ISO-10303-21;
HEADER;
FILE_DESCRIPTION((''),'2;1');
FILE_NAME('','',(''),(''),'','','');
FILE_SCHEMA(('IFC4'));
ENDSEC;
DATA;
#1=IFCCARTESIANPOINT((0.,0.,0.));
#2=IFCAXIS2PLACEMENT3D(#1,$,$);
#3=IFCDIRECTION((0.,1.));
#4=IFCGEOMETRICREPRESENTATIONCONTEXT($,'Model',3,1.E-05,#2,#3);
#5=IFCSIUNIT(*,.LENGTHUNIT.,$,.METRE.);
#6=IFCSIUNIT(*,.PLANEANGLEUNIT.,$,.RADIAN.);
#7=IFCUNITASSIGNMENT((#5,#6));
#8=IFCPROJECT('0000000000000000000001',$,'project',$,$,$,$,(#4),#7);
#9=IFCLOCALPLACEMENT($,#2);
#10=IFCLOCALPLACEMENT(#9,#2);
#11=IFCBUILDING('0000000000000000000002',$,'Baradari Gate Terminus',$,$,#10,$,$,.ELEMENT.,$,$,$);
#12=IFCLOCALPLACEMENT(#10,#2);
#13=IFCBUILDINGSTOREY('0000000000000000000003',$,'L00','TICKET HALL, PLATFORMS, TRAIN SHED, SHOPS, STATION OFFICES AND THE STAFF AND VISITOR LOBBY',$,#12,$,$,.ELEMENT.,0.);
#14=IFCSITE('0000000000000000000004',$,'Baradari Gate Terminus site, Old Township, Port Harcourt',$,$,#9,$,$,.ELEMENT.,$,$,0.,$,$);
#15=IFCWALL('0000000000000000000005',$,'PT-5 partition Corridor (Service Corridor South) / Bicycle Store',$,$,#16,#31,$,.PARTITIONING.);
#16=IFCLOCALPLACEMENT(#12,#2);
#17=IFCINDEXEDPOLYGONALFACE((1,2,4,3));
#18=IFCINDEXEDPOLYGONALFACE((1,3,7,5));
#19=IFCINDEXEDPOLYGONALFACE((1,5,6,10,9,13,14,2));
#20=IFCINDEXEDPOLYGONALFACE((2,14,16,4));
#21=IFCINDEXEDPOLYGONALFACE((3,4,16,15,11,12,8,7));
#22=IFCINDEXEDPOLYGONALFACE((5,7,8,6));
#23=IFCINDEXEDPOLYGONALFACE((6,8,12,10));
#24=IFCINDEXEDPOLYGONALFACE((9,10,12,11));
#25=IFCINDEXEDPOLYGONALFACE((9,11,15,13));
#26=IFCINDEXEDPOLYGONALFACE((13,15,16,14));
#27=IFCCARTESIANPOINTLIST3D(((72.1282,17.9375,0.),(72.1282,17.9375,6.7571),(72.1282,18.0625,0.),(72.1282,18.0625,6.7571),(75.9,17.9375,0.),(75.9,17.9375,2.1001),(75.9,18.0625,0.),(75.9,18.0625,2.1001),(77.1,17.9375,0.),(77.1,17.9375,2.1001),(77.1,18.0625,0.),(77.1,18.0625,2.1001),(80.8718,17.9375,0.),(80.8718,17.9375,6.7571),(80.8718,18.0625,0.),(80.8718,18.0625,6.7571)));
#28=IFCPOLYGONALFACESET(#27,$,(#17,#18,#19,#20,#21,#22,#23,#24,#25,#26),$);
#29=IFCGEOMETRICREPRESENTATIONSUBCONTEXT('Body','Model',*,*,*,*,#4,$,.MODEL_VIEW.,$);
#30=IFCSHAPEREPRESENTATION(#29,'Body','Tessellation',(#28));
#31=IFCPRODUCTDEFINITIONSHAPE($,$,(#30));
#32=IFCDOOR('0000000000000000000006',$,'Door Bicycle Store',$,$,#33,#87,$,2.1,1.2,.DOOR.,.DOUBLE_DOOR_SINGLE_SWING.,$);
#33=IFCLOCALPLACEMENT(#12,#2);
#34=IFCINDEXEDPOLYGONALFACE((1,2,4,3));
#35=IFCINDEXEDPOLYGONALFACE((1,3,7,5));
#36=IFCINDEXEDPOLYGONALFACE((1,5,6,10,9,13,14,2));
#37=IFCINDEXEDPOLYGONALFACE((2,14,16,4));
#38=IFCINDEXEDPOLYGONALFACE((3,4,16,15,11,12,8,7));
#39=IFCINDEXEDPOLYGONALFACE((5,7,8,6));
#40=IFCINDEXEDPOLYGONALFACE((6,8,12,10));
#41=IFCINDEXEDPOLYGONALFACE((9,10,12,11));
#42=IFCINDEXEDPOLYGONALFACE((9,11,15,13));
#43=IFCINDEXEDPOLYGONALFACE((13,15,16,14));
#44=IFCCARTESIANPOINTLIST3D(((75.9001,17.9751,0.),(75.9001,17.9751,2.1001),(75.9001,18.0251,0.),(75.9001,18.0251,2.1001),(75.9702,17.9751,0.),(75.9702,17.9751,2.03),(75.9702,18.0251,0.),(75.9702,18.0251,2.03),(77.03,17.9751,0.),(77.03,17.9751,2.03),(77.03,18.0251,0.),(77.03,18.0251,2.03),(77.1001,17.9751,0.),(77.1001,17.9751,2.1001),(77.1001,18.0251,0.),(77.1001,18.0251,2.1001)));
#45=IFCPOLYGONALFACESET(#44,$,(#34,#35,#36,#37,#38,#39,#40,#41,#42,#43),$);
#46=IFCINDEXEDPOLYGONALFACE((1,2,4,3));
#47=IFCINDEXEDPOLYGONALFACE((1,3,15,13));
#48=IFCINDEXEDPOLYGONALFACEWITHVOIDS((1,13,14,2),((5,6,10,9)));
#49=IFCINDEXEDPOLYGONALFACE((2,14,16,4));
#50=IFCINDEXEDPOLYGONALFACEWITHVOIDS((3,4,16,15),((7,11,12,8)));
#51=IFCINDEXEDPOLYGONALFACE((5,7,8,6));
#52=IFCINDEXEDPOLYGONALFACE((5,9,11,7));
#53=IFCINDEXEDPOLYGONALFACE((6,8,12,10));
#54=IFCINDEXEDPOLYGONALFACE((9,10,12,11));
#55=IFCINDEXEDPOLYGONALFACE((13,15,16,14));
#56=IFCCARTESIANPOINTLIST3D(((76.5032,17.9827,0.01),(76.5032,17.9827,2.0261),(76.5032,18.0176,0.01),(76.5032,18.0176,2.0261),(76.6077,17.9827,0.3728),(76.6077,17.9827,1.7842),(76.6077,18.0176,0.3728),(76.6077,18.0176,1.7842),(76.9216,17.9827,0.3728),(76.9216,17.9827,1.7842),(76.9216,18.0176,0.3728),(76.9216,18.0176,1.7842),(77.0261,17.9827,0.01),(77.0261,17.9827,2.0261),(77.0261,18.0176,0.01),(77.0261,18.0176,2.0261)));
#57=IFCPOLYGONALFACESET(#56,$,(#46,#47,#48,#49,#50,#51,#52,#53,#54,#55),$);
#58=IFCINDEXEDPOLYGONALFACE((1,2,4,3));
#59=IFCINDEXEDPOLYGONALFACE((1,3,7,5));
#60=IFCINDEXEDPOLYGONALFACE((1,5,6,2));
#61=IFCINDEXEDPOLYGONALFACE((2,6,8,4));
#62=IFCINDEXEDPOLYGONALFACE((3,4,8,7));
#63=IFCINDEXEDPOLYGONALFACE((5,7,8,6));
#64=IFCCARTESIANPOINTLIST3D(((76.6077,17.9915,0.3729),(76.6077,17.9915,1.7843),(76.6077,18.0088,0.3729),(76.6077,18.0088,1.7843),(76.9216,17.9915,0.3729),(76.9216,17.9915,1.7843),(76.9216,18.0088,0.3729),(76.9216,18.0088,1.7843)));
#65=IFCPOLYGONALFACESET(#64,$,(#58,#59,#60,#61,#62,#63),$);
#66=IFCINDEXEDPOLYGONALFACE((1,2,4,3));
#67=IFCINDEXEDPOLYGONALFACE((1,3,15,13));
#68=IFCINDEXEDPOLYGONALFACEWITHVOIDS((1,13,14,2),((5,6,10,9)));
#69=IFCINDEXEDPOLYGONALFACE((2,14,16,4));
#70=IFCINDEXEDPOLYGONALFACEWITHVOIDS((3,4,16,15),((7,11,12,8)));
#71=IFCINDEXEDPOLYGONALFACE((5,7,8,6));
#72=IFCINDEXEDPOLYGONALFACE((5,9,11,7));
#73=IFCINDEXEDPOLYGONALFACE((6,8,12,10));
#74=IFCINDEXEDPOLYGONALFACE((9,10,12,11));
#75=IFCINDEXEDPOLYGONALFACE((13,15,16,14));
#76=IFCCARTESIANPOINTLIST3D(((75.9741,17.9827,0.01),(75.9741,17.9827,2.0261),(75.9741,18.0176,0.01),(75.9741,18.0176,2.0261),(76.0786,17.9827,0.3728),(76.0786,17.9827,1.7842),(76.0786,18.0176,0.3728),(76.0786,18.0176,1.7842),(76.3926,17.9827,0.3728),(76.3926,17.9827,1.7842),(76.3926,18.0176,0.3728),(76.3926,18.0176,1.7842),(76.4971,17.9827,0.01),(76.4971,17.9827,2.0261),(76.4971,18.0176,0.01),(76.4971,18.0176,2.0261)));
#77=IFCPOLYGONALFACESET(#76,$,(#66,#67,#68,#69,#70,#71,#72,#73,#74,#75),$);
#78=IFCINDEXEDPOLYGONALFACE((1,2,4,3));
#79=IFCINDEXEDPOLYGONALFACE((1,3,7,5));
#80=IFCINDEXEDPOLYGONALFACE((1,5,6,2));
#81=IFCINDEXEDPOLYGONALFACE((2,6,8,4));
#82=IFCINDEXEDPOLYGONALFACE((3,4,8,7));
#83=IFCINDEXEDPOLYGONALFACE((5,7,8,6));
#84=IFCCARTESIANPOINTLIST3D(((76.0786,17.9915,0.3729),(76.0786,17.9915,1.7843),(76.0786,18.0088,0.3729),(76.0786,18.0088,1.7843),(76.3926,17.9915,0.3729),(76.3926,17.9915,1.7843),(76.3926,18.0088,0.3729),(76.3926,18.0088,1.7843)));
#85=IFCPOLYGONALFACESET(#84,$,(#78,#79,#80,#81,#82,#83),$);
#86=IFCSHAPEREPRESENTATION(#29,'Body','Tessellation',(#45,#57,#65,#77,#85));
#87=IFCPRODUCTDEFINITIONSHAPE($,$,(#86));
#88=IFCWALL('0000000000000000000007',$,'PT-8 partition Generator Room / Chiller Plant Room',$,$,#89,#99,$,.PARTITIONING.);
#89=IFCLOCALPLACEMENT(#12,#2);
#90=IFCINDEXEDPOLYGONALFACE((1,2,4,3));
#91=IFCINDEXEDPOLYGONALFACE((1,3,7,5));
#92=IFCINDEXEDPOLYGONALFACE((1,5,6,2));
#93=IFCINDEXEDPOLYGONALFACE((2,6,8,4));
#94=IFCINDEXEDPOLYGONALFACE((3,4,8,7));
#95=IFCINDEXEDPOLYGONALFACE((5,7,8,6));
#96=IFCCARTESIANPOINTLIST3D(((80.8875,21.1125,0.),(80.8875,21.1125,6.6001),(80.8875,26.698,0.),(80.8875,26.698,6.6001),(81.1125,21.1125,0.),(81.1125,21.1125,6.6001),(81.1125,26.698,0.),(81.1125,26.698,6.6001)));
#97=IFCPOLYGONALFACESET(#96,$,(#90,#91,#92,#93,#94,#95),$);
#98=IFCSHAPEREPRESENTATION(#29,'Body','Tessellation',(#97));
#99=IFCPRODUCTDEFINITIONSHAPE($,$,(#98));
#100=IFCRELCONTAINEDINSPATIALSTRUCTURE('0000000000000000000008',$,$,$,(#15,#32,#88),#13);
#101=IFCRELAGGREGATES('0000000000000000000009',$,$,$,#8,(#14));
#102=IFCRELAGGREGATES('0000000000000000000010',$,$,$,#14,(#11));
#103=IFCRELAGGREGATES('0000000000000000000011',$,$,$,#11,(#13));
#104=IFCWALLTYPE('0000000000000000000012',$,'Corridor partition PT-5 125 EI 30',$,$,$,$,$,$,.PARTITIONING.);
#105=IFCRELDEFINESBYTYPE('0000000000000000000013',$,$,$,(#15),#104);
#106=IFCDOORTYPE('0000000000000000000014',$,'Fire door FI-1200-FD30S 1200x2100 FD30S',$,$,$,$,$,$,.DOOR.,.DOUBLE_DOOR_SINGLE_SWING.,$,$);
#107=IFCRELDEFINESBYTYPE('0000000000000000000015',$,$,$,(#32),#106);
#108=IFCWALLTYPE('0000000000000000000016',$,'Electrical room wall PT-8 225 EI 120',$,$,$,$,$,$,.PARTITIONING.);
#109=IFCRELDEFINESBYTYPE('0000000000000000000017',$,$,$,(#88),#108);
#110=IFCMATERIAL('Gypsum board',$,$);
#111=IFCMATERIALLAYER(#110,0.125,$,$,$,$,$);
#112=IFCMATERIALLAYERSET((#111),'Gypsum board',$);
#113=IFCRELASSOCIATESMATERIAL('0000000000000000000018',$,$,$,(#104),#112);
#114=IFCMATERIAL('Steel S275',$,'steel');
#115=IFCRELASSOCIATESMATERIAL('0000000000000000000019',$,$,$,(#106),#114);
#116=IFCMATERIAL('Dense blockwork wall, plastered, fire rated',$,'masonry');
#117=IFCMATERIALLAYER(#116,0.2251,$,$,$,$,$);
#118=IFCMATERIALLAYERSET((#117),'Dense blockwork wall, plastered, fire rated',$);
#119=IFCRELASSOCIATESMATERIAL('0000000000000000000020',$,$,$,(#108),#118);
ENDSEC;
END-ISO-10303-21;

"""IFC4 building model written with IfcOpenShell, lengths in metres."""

from ifc_helpers import new_model, si_unit, direction, frame, frame_2d, origin, place, context, subcontext, project, spatial, polyline, rectangle, outline, extrude, material, layer, layer_set, type_object, element, fill, save


model = new_model("IFC4")

# Units and contexts
model_context = context("Model", 3, precision=1e-05, world=origin(), true_north=direction((0.0, 1.0)))
body_context = subcontext(model_context, "Body", "Model", "MODEL_VIEW")
ifc_project = project(units=[si_unit("LENGTHUNIT", "METRE"), si_unit("PLANEANGLEUNIT", "RADIAN")], contexts=[model_context])

# Site, building, storey
site_placement = place(None, origin())
site = spatial("IfcSite", under=ifc_project, at=site_placement, Name="Baradari Gate Terminus site, Old Township, Port Harcourt", CompositionType="ELEMENT", RefElevation=0.0)
building_placement = place(site_placement, origin())
building = spatial("IfcBuilding", under=site, at=building_placement, Name="Baradari Gate Terminus", CompositionType="ELEMENT")
storey_placement = place(building_placement, origin())
storey = spatial("IfcBuildingStorey", under=building, at=storey_placement, Name="L00", Description="TICKET HALL, PLATFORMS, TRAIN SHED, SHOPS, STATION OFFICES AND THE STAFF AND VISITOR LOBBY", CompositionType="ELEMENT", Elevation=0.0)

# Shared definitions
ifc_material_1 = material(Name="Gypsum board")
ifc_layer_1 = layer(ifc_material_1, 0.125)
ifc_layer_set_1 = layer_set([ifc_layer_1], Name="Gypsum board")
wall_type_1 = type_object("IfcWallType", Name="Corridor partition PT-5 125 EI 30", PredefinedType="PARTITIONING", material=ifc_layer_set_1)

# Wall, opening, door
wall_1_placement = place(storey_placement, frame((80.8718, 18.0, 0.0), z_axis=(0.0, 0.0, 1.0), x_axis=(-1.0, 0.0, 0.0)))
wall_1 = element("IfcWall", 1, at=wall_1_placement, inside=storey, type_object=wall_type_1, Name="PT-5 partition Corridor (Service Corridor South) / Bicycle Store", PredefinedType="PARTITIONING", context=body_context, shape_type="SweptSolid", body=[
    extrude(rectangle(XDim=8.7437, YDim=0.125, at=frame_2d((4.3718, 0.0))), origin(), (0.0, 0.0, 1.0), 6.7571),
])
opening_1_placement = place(wall_1_placement, frame((3.7717, 0.0, 0.0)))
opening_1 = element("IfcOpeningElement", 2, at=opening_1_placement, cuts=wall_1, PredefinedType="OPENING", context=body_context, shape_type="SweptSolid", body=[
    extrude(rectangle(XDim=1.2, YDim=2.1001, at=frame_2d((0.6001, 1.05))), frame((0.0, 0.0725, 0.0), z_axis=(0.0, -1.0, 0.0), x_axis=(1.0, 0.0, 0.0)), (0.0, 0.0, 1.0), 0.145),
])
ifc_material_2 = material(Name="Steel S275", Category="steel")
door_type_1 = type_object("IfcDoorType", Name="Fire door FI-1200-FD30S 1200x2100 FD30S", OperationType="DOUBLE_DOOR_SINGLE_SWING", PredefinedType="DOOR", material=ifc_material_2)
door_1_placement = place(opening_1_placement, origin())
door_1 = element("IfcDoor", 3, at=door_1_placement, inside=storey, type_object=door_type_1, Name="Door Bicycle Store", OperationType="DOUBLE_DOOR_SINGLE_SWING", OverallHeight=2.1, OverallWidth=1.2, PredefinedType="DOOR", context=body_context, shape_type="SweptSolid", body=[
    extrude(outline(polyline([(0.0, 0.0), (0.0701, 0.0), (0.0701, 2.03), (1.1299, 2.03), (1.1299, 0.0), (1.2, 0.0), (1.2, 2.1001), (0.0, 2.1001), (0.0, 0.0)])), frame((0.0, 0.0249, 0.0), z_axis=(0.0, -1.0, 0.0), x_axis=(1.0, 0.0, 0.0)), (0.0, 0.0, 1.0), 0.05),
    extrude(outline(polyline([(0.074, 0.01), (0.5969, 0.01), (0.5969, 2.0261), (0.074, 2.0261), (0.074, 0.01)]), holes=[polyline([(0.1785, 0.3728), (0.4924, 0.3728), (0.4924, 1.7842), (0.1785, 1.7842), (0.1785, 0.3728)])]), frame((0.0, 0.0173, 0.0), z_axis=(0.0, -1.0, 0.0), x_axis=(1.0, 0.0, 0.0)), (0.0, 0.0, 1.0), 0.0349),
    extrude(rectangle(XDim=0.314, YDim=1.4114, at=frame_2d((0.3354, 1.0786))), frame((0.0, 0.0085, 0.0), z_axis=(0.0, -1.0, 0.0), x_axis=(1.0, 0.0, 0.0)), (0.0, 0.0, 1.0), 0.0173),
    extrude(outline(polyline([(0.603, 0.01), (1.126, 0.01), (1.126, 2.0261), (0.603, 2.0261), (0.603, 0.01)]), holes=[polyline([(0.7075, 0.3728), (1.0215, 0.3728), (1.0215, 1.7842), (0.7075, 1.7842), (0.7075, 0.3728)])]), frame((0.0, 0.0173, 0.0), z_axis=(0.0, -1.0, 0.0), x_axis=(1.0, 0.0, 0.0)), (0.0, 0.0, 1.0), 0.0349),
    extrude(rectangle(XDim=0.314, YDim=1.4114, at=frame_2d((0.8645, 1.0786))), frame((0.0, 0.0085, 0.0), z_axis=(0.0, -1.0, 0.0), x_axis=(1.0, 0.0, 0.0)), (0.0, 0.0, 1.0), 0.0173),
])
fill(opening_1, door_1)

# Wall
ifc_material_3 = material(Name="Dense blockwork wall, plastered, fire rated", Category="masonry")
ifc_layer_2 = layer(ifc_material_3, 0.2251)
ifc_layer_set_2 = layer_set([ifc_layer_2], Name="Dense blockwork wall, plastered, fire rated")
wall_type_2 = type_object("IfcWallType", Name="Electrical room wall PT-8 225 EI 120", PredefinedType="PARTITIONING", material=ifc_layer_set_2)
wall_2_placement = place(storey_placement, frame((81.0, 26.698, 0.0), z_axis=(0.0, 0.0, 1.0), x_axis=(0.0, -1.0, 0.0)))
element("IfcWall", 4, at=wall_2_placement, inside=storey, type_object=wall_type_2, Name="PT-8 partition Generator Room / Chiller Plant Room", PredefinedType="PARTITIONING", context=body_context, shape_type="SweptSolid", body=[
    extrude(rectangle(XDim=5.5854, YDim=0.2251, at=frame_2d((2.7927, 0.0))), origin(), (0.0, 0.0, 1.0), 6.6001),
])

save(model, "model.ifc")
